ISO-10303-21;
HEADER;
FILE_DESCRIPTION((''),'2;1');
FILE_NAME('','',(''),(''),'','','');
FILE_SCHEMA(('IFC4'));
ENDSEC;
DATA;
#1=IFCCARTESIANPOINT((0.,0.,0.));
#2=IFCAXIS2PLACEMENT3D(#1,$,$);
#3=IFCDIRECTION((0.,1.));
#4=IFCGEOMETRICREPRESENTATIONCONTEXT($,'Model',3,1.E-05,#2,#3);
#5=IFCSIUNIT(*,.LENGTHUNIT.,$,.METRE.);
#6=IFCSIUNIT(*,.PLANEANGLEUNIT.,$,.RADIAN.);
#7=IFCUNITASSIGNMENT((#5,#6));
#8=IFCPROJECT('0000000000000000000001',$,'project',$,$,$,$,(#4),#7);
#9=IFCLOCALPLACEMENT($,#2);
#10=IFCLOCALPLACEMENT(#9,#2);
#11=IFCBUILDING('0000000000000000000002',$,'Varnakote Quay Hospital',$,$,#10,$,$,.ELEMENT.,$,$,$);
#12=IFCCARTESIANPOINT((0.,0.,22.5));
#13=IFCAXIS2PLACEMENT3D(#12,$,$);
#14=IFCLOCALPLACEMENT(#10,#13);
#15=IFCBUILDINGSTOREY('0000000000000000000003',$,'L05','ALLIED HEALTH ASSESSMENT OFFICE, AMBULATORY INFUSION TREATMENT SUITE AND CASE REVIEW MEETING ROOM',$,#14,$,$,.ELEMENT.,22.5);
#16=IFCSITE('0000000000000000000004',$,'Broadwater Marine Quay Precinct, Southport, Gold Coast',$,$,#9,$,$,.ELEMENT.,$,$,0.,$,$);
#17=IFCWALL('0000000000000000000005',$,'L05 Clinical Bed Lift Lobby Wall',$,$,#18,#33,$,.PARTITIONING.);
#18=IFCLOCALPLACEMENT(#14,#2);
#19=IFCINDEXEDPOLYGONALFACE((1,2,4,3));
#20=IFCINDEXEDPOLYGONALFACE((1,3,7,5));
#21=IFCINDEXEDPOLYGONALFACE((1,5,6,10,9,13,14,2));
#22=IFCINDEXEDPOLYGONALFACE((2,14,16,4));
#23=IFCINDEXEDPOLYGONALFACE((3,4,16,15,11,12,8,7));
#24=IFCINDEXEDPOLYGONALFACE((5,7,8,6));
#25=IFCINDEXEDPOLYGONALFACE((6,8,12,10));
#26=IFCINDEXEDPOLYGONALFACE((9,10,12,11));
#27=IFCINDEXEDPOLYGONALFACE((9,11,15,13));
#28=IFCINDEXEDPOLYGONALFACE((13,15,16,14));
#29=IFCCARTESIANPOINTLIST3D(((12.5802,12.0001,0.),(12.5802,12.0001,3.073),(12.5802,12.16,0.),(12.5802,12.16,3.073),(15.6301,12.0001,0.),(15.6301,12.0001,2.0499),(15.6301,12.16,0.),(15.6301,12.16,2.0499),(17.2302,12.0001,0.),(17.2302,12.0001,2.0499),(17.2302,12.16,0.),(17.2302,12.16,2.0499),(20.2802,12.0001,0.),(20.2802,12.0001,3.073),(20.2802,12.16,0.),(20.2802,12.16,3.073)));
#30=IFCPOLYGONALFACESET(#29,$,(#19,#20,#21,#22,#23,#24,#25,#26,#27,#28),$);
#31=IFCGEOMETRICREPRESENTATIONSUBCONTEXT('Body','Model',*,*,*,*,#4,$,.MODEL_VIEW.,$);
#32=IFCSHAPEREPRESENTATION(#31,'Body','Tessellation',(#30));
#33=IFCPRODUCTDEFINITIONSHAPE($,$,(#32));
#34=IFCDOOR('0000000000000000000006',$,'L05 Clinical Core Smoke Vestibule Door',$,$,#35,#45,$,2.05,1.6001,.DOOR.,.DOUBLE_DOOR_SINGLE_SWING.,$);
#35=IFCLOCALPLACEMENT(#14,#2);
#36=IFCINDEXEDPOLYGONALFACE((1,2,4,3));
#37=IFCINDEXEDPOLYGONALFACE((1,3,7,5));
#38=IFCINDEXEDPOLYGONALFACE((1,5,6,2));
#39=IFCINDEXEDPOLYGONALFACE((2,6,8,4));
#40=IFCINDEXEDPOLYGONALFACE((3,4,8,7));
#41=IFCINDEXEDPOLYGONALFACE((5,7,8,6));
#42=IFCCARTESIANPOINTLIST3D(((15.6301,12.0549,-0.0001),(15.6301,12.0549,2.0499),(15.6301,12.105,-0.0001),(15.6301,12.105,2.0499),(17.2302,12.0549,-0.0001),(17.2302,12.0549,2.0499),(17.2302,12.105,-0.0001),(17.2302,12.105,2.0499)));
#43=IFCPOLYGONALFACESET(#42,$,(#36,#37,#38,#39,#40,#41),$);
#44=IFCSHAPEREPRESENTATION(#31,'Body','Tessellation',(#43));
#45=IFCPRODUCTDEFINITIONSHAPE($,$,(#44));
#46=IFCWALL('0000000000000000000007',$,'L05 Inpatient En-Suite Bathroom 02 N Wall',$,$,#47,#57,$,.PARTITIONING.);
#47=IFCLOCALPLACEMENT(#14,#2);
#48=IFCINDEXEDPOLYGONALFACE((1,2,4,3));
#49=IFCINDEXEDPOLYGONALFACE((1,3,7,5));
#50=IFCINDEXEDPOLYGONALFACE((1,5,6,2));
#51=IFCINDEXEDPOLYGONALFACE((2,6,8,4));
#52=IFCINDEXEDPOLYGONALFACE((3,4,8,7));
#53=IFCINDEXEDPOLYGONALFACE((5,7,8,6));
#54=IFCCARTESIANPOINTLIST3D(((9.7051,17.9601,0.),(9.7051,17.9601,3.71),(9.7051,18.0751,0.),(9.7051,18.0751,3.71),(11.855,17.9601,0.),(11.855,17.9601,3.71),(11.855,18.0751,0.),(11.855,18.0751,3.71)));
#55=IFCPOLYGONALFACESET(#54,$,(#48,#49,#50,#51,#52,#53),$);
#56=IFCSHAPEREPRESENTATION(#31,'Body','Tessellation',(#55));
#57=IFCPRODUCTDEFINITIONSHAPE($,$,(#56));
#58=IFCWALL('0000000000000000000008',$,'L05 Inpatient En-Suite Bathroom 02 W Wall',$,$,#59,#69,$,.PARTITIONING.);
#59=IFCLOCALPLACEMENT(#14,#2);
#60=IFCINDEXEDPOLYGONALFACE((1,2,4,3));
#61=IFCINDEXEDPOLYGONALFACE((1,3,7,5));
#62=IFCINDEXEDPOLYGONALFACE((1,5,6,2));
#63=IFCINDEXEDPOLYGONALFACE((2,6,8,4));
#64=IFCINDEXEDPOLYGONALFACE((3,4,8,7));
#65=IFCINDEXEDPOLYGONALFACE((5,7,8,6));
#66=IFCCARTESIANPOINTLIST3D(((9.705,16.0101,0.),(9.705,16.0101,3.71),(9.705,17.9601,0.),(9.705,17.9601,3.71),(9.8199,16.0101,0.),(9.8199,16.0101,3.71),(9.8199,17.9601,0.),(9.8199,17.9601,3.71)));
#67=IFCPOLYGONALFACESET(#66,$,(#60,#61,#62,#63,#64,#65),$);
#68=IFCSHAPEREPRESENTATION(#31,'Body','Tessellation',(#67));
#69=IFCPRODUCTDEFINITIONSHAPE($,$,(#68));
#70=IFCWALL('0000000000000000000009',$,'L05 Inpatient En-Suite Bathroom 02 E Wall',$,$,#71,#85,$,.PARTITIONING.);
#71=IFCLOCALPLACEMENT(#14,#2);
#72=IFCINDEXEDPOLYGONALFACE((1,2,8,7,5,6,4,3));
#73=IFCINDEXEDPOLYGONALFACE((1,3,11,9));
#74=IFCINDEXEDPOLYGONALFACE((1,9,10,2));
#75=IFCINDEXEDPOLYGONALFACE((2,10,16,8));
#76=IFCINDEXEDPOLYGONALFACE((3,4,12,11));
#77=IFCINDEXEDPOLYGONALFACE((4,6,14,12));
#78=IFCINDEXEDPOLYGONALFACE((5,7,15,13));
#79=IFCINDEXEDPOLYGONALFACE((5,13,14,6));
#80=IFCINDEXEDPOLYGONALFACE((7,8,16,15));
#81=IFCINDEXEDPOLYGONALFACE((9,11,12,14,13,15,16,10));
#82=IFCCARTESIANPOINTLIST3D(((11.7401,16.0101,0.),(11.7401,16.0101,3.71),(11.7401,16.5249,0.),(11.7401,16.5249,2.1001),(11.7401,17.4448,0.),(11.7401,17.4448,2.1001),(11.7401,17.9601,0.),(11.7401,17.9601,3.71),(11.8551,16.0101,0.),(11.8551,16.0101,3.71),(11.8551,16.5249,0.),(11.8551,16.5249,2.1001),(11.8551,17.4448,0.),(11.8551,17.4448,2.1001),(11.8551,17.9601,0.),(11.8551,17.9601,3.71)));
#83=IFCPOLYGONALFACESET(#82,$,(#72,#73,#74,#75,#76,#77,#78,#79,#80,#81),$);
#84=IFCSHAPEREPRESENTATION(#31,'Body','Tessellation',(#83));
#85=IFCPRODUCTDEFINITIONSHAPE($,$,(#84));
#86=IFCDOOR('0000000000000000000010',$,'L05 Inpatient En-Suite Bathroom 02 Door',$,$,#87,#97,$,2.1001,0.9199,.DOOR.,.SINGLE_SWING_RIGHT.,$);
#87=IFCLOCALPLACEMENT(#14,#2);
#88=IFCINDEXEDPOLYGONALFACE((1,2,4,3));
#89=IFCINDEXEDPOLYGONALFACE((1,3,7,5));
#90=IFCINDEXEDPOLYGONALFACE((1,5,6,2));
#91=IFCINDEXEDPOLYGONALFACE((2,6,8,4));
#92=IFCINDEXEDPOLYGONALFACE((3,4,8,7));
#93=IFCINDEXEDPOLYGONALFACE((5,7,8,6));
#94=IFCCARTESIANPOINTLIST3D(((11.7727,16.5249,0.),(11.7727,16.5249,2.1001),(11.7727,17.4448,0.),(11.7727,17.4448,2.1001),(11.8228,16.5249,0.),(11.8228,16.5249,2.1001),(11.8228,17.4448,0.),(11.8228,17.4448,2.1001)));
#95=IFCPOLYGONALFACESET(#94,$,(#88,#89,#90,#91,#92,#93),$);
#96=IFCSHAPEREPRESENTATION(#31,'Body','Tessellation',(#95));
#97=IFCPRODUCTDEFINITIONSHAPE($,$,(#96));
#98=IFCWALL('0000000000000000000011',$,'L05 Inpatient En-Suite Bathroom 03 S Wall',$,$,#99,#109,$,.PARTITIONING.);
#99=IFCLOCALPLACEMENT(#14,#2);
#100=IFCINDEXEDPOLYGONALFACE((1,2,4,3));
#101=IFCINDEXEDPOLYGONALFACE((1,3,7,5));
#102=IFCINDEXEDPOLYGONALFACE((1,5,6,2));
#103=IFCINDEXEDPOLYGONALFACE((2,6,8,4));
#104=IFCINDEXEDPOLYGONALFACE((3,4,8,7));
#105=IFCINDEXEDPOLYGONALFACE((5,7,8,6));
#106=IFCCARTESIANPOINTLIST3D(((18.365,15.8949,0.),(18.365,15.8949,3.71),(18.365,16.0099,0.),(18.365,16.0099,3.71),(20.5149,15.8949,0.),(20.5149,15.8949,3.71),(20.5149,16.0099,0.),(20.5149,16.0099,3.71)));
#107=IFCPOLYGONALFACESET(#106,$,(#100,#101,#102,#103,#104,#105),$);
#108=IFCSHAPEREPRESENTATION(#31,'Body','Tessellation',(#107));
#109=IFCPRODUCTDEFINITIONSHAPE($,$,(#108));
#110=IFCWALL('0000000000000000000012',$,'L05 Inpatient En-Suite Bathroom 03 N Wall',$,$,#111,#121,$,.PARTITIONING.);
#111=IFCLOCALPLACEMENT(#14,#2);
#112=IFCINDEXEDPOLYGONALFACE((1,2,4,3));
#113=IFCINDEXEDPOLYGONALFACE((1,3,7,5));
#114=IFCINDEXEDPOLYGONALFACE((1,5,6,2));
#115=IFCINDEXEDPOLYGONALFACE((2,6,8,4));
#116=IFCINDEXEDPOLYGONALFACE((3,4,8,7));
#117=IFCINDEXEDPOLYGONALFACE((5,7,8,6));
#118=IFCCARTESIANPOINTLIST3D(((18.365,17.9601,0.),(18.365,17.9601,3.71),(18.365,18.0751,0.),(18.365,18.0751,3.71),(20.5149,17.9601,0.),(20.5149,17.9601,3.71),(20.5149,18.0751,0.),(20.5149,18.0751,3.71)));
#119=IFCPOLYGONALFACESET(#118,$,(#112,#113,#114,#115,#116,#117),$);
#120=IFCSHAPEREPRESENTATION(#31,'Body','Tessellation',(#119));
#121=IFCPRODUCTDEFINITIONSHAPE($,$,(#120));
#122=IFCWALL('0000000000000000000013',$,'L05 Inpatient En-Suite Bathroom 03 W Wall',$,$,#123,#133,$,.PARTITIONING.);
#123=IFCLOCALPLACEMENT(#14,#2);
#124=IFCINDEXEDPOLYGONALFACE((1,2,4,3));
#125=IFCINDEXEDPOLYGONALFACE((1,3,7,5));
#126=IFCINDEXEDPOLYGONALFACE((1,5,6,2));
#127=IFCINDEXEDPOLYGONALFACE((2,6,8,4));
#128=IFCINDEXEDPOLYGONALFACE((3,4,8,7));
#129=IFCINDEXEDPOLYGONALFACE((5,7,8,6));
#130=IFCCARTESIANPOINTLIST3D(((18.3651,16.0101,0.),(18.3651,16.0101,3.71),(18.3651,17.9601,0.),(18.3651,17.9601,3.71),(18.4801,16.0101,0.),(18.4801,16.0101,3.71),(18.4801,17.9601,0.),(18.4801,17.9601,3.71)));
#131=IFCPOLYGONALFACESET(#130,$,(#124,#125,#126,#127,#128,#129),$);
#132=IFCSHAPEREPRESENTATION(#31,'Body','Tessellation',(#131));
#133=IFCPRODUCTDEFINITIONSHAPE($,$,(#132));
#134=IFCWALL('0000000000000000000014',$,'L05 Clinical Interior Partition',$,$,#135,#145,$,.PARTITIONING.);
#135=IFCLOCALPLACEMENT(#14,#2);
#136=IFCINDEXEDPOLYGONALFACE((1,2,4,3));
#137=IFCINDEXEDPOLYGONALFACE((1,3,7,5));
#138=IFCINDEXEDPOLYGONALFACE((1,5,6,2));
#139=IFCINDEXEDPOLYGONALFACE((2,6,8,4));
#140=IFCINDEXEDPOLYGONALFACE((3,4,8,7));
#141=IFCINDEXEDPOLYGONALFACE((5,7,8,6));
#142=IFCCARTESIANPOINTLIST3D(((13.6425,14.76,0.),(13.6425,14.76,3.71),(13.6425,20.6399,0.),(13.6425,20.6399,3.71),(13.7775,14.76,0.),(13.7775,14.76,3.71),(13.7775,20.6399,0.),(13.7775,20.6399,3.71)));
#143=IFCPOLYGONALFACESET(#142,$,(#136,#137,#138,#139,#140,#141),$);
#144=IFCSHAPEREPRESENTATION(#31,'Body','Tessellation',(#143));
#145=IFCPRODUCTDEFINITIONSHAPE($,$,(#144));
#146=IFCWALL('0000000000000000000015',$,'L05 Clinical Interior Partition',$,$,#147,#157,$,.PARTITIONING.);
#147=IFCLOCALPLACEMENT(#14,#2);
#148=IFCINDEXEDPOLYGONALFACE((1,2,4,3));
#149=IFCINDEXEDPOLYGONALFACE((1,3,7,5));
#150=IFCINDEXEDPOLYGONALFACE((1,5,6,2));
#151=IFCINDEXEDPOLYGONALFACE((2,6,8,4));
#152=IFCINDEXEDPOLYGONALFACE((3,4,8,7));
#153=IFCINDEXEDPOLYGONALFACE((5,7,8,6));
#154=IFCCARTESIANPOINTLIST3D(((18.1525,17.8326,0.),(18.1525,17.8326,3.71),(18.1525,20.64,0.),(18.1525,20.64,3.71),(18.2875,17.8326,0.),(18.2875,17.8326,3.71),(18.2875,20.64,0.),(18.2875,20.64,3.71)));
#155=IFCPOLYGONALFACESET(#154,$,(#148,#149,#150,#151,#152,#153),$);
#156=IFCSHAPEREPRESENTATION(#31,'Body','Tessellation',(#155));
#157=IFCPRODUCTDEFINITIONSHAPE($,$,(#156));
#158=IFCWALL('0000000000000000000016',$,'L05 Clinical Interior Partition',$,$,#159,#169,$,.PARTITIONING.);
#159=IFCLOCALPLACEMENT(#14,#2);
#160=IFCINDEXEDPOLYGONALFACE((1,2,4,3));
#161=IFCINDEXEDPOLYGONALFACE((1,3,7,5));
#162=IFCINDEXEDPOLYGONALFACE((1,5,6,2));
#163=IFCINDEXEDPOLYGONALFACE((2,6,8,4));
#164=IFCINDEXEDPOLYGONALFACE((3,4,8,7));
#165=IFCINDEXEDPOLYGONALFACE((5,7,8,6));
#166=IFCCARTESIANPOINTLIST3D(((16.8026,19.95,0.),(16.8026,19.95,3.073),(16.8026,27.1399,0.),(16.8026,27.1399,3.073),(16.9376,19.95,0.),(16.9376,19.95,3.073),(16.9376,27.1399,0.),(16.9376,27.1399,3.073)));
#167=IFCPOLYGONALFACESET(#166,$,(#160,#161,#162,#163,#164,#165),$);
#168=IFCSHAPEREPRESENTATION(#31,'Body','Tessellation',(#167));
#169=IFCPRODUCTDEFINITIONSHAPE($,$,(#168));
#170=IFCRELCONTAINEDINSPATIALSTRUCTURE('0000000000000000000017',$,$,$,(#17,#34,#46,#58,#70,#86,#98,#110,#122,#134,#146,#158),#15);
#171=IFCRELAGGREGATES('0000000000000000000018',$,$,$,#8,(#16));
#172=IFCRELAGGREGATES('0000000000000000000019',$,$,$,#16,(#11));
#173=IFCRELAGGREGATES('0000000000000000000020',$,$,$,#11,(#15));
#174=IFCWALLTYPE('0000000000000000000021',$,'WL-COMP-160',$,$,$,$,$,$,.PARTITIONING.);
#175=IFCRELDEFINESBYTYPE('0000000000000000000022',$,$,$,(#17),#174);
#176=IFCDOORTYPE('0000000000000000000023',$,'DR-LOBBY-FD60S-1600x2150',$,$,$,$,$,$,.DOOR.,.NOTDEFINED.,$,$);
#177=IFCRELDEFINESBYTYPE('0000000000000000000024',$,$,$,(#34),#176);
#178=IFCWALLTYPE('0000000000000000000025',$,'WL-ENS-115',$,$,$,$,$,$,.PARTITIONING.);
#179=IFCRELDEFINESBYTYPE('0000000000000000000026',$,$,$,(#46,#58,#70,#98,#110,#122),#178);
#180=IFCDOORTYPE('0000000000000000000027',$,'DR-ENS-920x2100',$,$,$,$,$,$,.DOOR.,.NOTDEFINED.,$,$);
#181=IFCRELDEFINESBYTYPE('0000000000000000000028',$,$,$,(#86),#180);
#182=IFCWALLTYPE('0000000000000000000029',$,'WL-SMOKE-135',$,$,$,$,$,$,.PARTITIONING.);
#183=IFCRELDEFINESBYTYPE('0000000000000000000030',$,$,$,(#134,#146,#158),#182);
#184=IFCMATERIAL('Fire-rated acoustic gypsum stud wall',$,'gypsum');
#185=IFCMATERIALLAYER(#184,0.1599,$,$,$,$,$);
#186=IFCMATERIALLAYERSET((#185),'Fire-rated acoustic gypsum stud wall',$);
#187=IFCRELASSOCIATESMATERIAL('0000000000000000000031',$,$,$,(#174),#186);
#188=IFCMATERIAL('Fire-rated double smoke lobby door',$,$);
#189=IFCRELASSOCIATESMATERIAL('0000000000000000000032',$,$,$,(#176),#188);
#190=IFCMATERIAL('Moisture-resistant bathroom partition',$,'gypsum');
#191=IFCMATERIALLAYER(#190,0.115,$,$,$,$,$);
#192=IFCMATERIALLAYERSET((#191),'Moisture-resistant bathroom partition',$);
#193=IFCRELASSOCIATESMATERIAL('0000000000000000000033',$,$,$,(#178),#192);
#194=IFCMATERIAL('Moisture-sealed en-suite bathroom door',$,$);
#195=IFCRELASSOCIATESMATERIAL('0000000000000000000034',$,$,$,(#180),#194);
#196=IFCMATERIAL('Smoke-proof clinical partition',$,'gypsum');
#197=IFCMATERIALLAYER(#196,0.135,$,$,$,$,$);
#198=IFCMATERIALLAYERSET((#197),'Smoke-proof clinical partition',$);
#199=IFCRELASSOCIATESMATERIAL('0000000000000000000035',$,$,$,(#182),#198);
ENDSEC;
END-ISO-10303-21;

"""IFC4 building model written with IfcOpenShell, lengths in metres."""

from ifc_helpers import new_model, si_unit, direction, frame, frame_2d, origin, place, context, subcontext, project, spatial, rectangle, extrude, material, layer, layer_set, type_object, element, fill, save


model = new_model("IFC4")

# Units and contexts
model_context = context("Model", 3, precision=1e-05, world=origin(), true_north=direction((0.0, 1.0)))
body_context = subcontext(model_context, "Body", "Model", "MODEL_VIEW")
ifc_project = project(units=[si_unit("LENGTHUNIT", "METRE"), si_unit("PLANEANGLEUNIT", "RADIAN")], contexts=[model_context])

# Site, building, storey
site_placement = place(None, origin())
site = spatial("IfcSite", under=ifc_project, at=site_placement, Name="Broadwater Marine Quay Precinct, Southport, Gold Coast", CompositionType="ELEMENT", RefElevation=0.0)
building_placement = place(site_placement, origin())
building = spatial("IfcBuilding", under=site, at=building_placement, Name="Varnakote Quay Hospital", CompositionType="ELEMENT")
storey_placement = place(building_placement, frame((0.0, 0.0, 22.5)))
storey = spatial("IfcBuildingStorey", under=building, at=storey_placement, Name="L05", Description="ALLIED HEALTH ASSESSMENT OFFICE, AMBULATORY INFUSION TREATMENT SUITE AND CASE REVIEW MEETING ROOM", CompositionType="ELEMENT", Elevation=22.5)

# Wall, opening, door
ifc_material_1 = material(Name="Fire-rated acoustic gypsum stud wall", Category="gypsum")
ifc_layer_1 = layer(ifc_material_1, 0.1599)
ifc_layer_set_1 = layer_set([ifc_layer_1], Name="Fire-rated acoustic gypsum stud wall")
wall_type_1 = type_object("IfcWallType", Name="WL-COMP-160", PredefinedType="PARTITIONING", material=ifc_layer_set_1)
wall_1_placement = place(storey_placement, frame((12.5801, 12.0801, 0.0), z_axis=(0.0, 0.0, 1.0), x_axis=(1.0, 0.0, 0.0)))
wall_1 = element("IfcWall", 1, at=wall_1_placement, inside=storey, type_object=wall_type_1, Name="L05 Clinical Bed Lift Lobby Wall", PredefinedType="PARTITIONING", context=body_context, shape_type="SweptSolid", body=[
    extrude(rectangle(XDim=7.7, YDim=0.1599, at=frame_2d((3.8501, 0.0))), origin(), (0.0, 0.0, 1.0), 3.073),
])
opening_1_placement = place(wall_1_placement, frame((3.05, 0.0, 0.0)))
opening_1 = element("IfcOpeningElement", 2, at=opening_1_placement, cuts=wall_1, PredefinedType="OPENING", context=body_context, shape_type="SweptSolid", body=[
    extrude(rectangle(XDim=1.6001, YDim=2.05, at=frame_2d((0.8, 1.0249))), frame((0.0, 0.0898, 0.0), z_axis=(0.0, -1.0, 0.0), x_axis=(1.0, 0.0, 0.0)), (0.0, 0.0, 1.0), 0.1799),
])
ifc_material_2 = material(Name="Fire-rated double smoke lobby door")
door_type_1 = type_object("IfcDoorType", Name="DR-LOBBY-FD60S-1600x2150", OperationType="NOTDEFINED", PredefinedType="DOOR", material=ifc_material_2)
door_1_placement = place(opening_1_placement, origin())
door_1 = element("IfcDoor", 3, at=door_1_placement, inside=storey, type_object=door_type_1, Name="L05 Clinical Core Smoke Vestibule Door", OperationType="DOUBLE_DOOR_SINGLE_SWING", OverallHeight=2.05, OverallWidth=1.6001, PredefinedType="DOOR", context=body_context, shape_type="SweptSolid", body=[
    extrude(rectangle(XDim=1.6001, YDim=2.05, at=frame_2d((0.8, 1.0249))), frame((0.0, 0.0249, 0.0), z_axis=(0.0, -1.0, 0.0), x_axis=(1.0, 0.0, 0.0)), (0.0, 0.0, 1.0), 0.05),
])
fill(opening_1, door_1)

# Walls
ifc_material_3 = material(Name="Moisture-resistant bathroom partition", Category="gypsum")
ifc_layer_2 = layer(ifc_material_3, 0.115)
ifc_layer_set_2 = layer_set([ifc_layer_2], Name="Moisture-resistant bathroom partition")
wall_type_2 = type_object("IfcWallType", Name="WL-ENS-115", PredefinedType="PARTITIONING", material=ifc_layer_set_2)
wall_2_placement = place(storey_placement, frame((9.7051, 18.0176, 0.0), z_axis=(0.0, 0.0, 1.0), x_axis=(1.0, 0.0, 0.0)))
element("IfcWall", 4, at=wall_2_placement, inside=storey, type_object=wall_type_2, Name="L05 Inpatient En-Suite Bathroom 02 N Wall", PredefinedType="PARTITIONING", context=body_context, shape_type="SweptSolid", body=[
    extrude(rectangle(XDim=2.1499, YDim=0.115, at=frame_2d((1.075, 0.0))), origin(), (0.0, 0.0, 1.0), 3.71),
])
wall_3_placement = place(storey_placement, frame((9.7625, 16.01, 0.0), z_axis=(0.0, 0.0, 1.0), x_axis=(0.0, 1.0, 0.0)))
element("IfcWall", 5, at=wall_3_placement, inside=storey, type_object=wall_type_2, Name="L05 Inpatient En-Suite Bathroom 02 W Wall", PredefinedType="PARTITIONING", context=body_context, shape_type="SweptSolid", body=[
    extrude(rectangle(XDim=1.95, YDim=0.115, at=frame_2d((0.9751, 0.0))), origin(), (0.0, 0.0, 1.0), 3.71),
])

# Wall, opening, door
wall_4_placement = place(storey_placement, frame((11.7976, 16.01, 0.0), z_axis=(0.0, 0.0, 1.0), x_axis=(0.0, 1.0, 0.0)))
wall_4 = element("IfcWall", 6, at=wall_4_placement, inside=storey, type_object=wall_type_2, Name="L05 Inpatient En-Suite Bathroom 02 E Wall", PredefinedType="PARTITIONING", context=body_context, shape_type="SweptSolid", body=[
    extrude(rectangle(XDim=1.95, YDim=0.115, at=frame_2d((0.9751, 0.0))), origin(), (0.0, 0.0, 1.0), 3.71),
])
opening_2_placement = place(wall_4_placement, frame((0.5149, 0.0, 0.0)))
opening_2 = element("IfcOpeningElement", 7, at=opening_2_placement, cuts=wall_4, PredefinedType="OPENING", context=body_context, shape_type="SweptSolid", body=[
    extrude(rectangle(XDim=0.9199, YDim=2.1001, at=frame_2d((0.46, 1.05))), frame((0.0, 0.0674, 0.0), z_axis=(0.0, -1.0, 0.0), x_axis=(1.0, 0.0, 0.0)), (0.0, 0.0, 1.0), 0.135),
])
ifc_material_4 = material(Name="Moisture-sealed en-suite bathroom door")
door_type_2 = type_object("IfcDoorType", Name="DR-ENS-920x2100", OperationType="NOTDEFINED", PredefinedType="DOOR", material=ifc_material_4)
door_2_placement = place(opening_2_placement, origin())
door_2 = element("IfcDoor", 8, at=door_2_placement, inside=storey, type_object=door_type_2, Name="L05 Inpatient En-Suite Bathroom 02 Door", OperationType="SINGLE_SWING_RIGHT", OverallHeight=2.1001, OverallWidth=0.9199, PredefinedType="DOOR", context=body_context, shape_type="SweptSolid", body=[
    extrude(rectangle(XDim=0.9199, YDim=2.1001, at=frame_2d((0.46, 1.05))), frame((0.0, 0.0249, 0.0), z_axis=(0.0, -1.0, 0.0), x_axis=(1.0, 0.0, 0.0)), (0.0, 0.0, 1.0), 0.05),
])
fill(opening_2, door_2)

# Walls
for number, where, z_axis, x_axis, name in (
    (9, (18.365, 15.9524, 0.0), (0.0, 0.0, 1.0), (1.0, 0.0, 0.0), "L05 Inpatient En-Suite Bathroom 03 S Wall"),
    (10, (18.365, 18.0176, 0.0), (0.0, 0.0, 1.0), (1.0, 0.0, 0.0), "L05 Inpatient En-Suite Bathroom 03 N Wall"),
):
    element("IfcWall", number, at=place(storey_placement, frame(where, z_axis=z_axis, x_axis=x_axis)), inside=storey, type_object=wall_type_2, Name=name, PredefinedType="PARTITIONING", context=body_context, shape_type="SweptSolid", body=[
        extrude(rectangle(XDim=2.1499, YDim=0.115, at=frame_2d((1.075, 0.0))), origin(), (0.0, 0.0, 1.0), 3.71),
    ])
wall_5_placement = place(storey_placement, frame((18.4226, 16.01, 0.0), z_axis=(0.0, 0.0, 1.0), x_axis=(0.0, 1.0, 0.0)))
element("IfcWall", 11, at=wall_5_placement, inside=storey, type_object=wall_type_2, Name="L05 Inpatient En-Suite Bathroom 03 W Wall", PredefinedType="PARTITIONING", context=body_context, shape_type="SweptSolid", body=[
    extrude(rectangle(XDim=1.95, YDim=0.115, at=frame_2d((0.9751, 0.0))), origin(), (0.0, 0.0, 1.0), 3.71),
])
ifc_material_5 = material(Name="Smoke-proof clinical partition", Category="gypsum")
ifc_layer_3 = layer(ifc_material_5, 0.135)
ifc_layer_set_3 = layer_set([ifc_layer_3], Name="Smoke-proof clinical partition")
wall_type_3 = type_object("IfcWallType", Name="WL-SMOKE-135", PredefinedType="PARTITIONING", material=ifc_layer_set_3)
wall_6_placement = place(storey_placement, frame((13.71, 14.76, 0.0), z_axis=(0.0, 0.0, 1.0), x_axis=(0.0, 1.0, 0.0)))
element("IfcWall", 12, at=wall_6_placement, inside=storey, type_object=wall_type_3, Name="L05 Clinical Interior Partition", PredefinedType="PARTITIONING", context=body_context, shape_type="SweptSolid", body=[
    extrude(rectangle(XDim=5.8799, YDim=0.135, at=frame_2d((2.9399, 0.0))), origin(), (0.0, 0.0, 1.0), 3.71),
])
wall_7_placement = place(storey_placement, frame((18.22, 17.8325, 0.0), z_axis=(0.0, 0.0, 1.0), x_axis=(0.0, 1.0, 0.0)))
element("IfcWall", 13, at=wall_7_placement, inside=storey, type_object=wall_type_3, Name="L05 Clinical Interior Partition", PredefinedType="PARTITIONING", context=body_context, shape_type="SweptSolid", body=[
    extrude(rectangle(XDim=2.8074, YDim=0.135, at=frame_2d((1.4038, 0.0))), origin(), (0.0, 0.0, 1.0), 3.71),
])
wall_8_placement = place(storey_placement, frame((16.8701, 19.95, 0.0), z_axis=(0.0, 0.0, 1.0), x_axis=(0.0, 1.0, 0.0)))
element("IfcWall", 14, at=wall_8_placement, inside=storey, type_object=wall_type_3, Name="L05 Clinical Interior Partition", PredefinedType="PARTITIONING", context=body_context, shape_type="SweptSolid", body=[
    extrude(rectangle(XDim=7.1899, YDim=0.135, at=frame_2d((3.595, 0.0))), origin(), (0.0, 0.0, 1.0), 3.073),
])

save(model, "model.ifc")
